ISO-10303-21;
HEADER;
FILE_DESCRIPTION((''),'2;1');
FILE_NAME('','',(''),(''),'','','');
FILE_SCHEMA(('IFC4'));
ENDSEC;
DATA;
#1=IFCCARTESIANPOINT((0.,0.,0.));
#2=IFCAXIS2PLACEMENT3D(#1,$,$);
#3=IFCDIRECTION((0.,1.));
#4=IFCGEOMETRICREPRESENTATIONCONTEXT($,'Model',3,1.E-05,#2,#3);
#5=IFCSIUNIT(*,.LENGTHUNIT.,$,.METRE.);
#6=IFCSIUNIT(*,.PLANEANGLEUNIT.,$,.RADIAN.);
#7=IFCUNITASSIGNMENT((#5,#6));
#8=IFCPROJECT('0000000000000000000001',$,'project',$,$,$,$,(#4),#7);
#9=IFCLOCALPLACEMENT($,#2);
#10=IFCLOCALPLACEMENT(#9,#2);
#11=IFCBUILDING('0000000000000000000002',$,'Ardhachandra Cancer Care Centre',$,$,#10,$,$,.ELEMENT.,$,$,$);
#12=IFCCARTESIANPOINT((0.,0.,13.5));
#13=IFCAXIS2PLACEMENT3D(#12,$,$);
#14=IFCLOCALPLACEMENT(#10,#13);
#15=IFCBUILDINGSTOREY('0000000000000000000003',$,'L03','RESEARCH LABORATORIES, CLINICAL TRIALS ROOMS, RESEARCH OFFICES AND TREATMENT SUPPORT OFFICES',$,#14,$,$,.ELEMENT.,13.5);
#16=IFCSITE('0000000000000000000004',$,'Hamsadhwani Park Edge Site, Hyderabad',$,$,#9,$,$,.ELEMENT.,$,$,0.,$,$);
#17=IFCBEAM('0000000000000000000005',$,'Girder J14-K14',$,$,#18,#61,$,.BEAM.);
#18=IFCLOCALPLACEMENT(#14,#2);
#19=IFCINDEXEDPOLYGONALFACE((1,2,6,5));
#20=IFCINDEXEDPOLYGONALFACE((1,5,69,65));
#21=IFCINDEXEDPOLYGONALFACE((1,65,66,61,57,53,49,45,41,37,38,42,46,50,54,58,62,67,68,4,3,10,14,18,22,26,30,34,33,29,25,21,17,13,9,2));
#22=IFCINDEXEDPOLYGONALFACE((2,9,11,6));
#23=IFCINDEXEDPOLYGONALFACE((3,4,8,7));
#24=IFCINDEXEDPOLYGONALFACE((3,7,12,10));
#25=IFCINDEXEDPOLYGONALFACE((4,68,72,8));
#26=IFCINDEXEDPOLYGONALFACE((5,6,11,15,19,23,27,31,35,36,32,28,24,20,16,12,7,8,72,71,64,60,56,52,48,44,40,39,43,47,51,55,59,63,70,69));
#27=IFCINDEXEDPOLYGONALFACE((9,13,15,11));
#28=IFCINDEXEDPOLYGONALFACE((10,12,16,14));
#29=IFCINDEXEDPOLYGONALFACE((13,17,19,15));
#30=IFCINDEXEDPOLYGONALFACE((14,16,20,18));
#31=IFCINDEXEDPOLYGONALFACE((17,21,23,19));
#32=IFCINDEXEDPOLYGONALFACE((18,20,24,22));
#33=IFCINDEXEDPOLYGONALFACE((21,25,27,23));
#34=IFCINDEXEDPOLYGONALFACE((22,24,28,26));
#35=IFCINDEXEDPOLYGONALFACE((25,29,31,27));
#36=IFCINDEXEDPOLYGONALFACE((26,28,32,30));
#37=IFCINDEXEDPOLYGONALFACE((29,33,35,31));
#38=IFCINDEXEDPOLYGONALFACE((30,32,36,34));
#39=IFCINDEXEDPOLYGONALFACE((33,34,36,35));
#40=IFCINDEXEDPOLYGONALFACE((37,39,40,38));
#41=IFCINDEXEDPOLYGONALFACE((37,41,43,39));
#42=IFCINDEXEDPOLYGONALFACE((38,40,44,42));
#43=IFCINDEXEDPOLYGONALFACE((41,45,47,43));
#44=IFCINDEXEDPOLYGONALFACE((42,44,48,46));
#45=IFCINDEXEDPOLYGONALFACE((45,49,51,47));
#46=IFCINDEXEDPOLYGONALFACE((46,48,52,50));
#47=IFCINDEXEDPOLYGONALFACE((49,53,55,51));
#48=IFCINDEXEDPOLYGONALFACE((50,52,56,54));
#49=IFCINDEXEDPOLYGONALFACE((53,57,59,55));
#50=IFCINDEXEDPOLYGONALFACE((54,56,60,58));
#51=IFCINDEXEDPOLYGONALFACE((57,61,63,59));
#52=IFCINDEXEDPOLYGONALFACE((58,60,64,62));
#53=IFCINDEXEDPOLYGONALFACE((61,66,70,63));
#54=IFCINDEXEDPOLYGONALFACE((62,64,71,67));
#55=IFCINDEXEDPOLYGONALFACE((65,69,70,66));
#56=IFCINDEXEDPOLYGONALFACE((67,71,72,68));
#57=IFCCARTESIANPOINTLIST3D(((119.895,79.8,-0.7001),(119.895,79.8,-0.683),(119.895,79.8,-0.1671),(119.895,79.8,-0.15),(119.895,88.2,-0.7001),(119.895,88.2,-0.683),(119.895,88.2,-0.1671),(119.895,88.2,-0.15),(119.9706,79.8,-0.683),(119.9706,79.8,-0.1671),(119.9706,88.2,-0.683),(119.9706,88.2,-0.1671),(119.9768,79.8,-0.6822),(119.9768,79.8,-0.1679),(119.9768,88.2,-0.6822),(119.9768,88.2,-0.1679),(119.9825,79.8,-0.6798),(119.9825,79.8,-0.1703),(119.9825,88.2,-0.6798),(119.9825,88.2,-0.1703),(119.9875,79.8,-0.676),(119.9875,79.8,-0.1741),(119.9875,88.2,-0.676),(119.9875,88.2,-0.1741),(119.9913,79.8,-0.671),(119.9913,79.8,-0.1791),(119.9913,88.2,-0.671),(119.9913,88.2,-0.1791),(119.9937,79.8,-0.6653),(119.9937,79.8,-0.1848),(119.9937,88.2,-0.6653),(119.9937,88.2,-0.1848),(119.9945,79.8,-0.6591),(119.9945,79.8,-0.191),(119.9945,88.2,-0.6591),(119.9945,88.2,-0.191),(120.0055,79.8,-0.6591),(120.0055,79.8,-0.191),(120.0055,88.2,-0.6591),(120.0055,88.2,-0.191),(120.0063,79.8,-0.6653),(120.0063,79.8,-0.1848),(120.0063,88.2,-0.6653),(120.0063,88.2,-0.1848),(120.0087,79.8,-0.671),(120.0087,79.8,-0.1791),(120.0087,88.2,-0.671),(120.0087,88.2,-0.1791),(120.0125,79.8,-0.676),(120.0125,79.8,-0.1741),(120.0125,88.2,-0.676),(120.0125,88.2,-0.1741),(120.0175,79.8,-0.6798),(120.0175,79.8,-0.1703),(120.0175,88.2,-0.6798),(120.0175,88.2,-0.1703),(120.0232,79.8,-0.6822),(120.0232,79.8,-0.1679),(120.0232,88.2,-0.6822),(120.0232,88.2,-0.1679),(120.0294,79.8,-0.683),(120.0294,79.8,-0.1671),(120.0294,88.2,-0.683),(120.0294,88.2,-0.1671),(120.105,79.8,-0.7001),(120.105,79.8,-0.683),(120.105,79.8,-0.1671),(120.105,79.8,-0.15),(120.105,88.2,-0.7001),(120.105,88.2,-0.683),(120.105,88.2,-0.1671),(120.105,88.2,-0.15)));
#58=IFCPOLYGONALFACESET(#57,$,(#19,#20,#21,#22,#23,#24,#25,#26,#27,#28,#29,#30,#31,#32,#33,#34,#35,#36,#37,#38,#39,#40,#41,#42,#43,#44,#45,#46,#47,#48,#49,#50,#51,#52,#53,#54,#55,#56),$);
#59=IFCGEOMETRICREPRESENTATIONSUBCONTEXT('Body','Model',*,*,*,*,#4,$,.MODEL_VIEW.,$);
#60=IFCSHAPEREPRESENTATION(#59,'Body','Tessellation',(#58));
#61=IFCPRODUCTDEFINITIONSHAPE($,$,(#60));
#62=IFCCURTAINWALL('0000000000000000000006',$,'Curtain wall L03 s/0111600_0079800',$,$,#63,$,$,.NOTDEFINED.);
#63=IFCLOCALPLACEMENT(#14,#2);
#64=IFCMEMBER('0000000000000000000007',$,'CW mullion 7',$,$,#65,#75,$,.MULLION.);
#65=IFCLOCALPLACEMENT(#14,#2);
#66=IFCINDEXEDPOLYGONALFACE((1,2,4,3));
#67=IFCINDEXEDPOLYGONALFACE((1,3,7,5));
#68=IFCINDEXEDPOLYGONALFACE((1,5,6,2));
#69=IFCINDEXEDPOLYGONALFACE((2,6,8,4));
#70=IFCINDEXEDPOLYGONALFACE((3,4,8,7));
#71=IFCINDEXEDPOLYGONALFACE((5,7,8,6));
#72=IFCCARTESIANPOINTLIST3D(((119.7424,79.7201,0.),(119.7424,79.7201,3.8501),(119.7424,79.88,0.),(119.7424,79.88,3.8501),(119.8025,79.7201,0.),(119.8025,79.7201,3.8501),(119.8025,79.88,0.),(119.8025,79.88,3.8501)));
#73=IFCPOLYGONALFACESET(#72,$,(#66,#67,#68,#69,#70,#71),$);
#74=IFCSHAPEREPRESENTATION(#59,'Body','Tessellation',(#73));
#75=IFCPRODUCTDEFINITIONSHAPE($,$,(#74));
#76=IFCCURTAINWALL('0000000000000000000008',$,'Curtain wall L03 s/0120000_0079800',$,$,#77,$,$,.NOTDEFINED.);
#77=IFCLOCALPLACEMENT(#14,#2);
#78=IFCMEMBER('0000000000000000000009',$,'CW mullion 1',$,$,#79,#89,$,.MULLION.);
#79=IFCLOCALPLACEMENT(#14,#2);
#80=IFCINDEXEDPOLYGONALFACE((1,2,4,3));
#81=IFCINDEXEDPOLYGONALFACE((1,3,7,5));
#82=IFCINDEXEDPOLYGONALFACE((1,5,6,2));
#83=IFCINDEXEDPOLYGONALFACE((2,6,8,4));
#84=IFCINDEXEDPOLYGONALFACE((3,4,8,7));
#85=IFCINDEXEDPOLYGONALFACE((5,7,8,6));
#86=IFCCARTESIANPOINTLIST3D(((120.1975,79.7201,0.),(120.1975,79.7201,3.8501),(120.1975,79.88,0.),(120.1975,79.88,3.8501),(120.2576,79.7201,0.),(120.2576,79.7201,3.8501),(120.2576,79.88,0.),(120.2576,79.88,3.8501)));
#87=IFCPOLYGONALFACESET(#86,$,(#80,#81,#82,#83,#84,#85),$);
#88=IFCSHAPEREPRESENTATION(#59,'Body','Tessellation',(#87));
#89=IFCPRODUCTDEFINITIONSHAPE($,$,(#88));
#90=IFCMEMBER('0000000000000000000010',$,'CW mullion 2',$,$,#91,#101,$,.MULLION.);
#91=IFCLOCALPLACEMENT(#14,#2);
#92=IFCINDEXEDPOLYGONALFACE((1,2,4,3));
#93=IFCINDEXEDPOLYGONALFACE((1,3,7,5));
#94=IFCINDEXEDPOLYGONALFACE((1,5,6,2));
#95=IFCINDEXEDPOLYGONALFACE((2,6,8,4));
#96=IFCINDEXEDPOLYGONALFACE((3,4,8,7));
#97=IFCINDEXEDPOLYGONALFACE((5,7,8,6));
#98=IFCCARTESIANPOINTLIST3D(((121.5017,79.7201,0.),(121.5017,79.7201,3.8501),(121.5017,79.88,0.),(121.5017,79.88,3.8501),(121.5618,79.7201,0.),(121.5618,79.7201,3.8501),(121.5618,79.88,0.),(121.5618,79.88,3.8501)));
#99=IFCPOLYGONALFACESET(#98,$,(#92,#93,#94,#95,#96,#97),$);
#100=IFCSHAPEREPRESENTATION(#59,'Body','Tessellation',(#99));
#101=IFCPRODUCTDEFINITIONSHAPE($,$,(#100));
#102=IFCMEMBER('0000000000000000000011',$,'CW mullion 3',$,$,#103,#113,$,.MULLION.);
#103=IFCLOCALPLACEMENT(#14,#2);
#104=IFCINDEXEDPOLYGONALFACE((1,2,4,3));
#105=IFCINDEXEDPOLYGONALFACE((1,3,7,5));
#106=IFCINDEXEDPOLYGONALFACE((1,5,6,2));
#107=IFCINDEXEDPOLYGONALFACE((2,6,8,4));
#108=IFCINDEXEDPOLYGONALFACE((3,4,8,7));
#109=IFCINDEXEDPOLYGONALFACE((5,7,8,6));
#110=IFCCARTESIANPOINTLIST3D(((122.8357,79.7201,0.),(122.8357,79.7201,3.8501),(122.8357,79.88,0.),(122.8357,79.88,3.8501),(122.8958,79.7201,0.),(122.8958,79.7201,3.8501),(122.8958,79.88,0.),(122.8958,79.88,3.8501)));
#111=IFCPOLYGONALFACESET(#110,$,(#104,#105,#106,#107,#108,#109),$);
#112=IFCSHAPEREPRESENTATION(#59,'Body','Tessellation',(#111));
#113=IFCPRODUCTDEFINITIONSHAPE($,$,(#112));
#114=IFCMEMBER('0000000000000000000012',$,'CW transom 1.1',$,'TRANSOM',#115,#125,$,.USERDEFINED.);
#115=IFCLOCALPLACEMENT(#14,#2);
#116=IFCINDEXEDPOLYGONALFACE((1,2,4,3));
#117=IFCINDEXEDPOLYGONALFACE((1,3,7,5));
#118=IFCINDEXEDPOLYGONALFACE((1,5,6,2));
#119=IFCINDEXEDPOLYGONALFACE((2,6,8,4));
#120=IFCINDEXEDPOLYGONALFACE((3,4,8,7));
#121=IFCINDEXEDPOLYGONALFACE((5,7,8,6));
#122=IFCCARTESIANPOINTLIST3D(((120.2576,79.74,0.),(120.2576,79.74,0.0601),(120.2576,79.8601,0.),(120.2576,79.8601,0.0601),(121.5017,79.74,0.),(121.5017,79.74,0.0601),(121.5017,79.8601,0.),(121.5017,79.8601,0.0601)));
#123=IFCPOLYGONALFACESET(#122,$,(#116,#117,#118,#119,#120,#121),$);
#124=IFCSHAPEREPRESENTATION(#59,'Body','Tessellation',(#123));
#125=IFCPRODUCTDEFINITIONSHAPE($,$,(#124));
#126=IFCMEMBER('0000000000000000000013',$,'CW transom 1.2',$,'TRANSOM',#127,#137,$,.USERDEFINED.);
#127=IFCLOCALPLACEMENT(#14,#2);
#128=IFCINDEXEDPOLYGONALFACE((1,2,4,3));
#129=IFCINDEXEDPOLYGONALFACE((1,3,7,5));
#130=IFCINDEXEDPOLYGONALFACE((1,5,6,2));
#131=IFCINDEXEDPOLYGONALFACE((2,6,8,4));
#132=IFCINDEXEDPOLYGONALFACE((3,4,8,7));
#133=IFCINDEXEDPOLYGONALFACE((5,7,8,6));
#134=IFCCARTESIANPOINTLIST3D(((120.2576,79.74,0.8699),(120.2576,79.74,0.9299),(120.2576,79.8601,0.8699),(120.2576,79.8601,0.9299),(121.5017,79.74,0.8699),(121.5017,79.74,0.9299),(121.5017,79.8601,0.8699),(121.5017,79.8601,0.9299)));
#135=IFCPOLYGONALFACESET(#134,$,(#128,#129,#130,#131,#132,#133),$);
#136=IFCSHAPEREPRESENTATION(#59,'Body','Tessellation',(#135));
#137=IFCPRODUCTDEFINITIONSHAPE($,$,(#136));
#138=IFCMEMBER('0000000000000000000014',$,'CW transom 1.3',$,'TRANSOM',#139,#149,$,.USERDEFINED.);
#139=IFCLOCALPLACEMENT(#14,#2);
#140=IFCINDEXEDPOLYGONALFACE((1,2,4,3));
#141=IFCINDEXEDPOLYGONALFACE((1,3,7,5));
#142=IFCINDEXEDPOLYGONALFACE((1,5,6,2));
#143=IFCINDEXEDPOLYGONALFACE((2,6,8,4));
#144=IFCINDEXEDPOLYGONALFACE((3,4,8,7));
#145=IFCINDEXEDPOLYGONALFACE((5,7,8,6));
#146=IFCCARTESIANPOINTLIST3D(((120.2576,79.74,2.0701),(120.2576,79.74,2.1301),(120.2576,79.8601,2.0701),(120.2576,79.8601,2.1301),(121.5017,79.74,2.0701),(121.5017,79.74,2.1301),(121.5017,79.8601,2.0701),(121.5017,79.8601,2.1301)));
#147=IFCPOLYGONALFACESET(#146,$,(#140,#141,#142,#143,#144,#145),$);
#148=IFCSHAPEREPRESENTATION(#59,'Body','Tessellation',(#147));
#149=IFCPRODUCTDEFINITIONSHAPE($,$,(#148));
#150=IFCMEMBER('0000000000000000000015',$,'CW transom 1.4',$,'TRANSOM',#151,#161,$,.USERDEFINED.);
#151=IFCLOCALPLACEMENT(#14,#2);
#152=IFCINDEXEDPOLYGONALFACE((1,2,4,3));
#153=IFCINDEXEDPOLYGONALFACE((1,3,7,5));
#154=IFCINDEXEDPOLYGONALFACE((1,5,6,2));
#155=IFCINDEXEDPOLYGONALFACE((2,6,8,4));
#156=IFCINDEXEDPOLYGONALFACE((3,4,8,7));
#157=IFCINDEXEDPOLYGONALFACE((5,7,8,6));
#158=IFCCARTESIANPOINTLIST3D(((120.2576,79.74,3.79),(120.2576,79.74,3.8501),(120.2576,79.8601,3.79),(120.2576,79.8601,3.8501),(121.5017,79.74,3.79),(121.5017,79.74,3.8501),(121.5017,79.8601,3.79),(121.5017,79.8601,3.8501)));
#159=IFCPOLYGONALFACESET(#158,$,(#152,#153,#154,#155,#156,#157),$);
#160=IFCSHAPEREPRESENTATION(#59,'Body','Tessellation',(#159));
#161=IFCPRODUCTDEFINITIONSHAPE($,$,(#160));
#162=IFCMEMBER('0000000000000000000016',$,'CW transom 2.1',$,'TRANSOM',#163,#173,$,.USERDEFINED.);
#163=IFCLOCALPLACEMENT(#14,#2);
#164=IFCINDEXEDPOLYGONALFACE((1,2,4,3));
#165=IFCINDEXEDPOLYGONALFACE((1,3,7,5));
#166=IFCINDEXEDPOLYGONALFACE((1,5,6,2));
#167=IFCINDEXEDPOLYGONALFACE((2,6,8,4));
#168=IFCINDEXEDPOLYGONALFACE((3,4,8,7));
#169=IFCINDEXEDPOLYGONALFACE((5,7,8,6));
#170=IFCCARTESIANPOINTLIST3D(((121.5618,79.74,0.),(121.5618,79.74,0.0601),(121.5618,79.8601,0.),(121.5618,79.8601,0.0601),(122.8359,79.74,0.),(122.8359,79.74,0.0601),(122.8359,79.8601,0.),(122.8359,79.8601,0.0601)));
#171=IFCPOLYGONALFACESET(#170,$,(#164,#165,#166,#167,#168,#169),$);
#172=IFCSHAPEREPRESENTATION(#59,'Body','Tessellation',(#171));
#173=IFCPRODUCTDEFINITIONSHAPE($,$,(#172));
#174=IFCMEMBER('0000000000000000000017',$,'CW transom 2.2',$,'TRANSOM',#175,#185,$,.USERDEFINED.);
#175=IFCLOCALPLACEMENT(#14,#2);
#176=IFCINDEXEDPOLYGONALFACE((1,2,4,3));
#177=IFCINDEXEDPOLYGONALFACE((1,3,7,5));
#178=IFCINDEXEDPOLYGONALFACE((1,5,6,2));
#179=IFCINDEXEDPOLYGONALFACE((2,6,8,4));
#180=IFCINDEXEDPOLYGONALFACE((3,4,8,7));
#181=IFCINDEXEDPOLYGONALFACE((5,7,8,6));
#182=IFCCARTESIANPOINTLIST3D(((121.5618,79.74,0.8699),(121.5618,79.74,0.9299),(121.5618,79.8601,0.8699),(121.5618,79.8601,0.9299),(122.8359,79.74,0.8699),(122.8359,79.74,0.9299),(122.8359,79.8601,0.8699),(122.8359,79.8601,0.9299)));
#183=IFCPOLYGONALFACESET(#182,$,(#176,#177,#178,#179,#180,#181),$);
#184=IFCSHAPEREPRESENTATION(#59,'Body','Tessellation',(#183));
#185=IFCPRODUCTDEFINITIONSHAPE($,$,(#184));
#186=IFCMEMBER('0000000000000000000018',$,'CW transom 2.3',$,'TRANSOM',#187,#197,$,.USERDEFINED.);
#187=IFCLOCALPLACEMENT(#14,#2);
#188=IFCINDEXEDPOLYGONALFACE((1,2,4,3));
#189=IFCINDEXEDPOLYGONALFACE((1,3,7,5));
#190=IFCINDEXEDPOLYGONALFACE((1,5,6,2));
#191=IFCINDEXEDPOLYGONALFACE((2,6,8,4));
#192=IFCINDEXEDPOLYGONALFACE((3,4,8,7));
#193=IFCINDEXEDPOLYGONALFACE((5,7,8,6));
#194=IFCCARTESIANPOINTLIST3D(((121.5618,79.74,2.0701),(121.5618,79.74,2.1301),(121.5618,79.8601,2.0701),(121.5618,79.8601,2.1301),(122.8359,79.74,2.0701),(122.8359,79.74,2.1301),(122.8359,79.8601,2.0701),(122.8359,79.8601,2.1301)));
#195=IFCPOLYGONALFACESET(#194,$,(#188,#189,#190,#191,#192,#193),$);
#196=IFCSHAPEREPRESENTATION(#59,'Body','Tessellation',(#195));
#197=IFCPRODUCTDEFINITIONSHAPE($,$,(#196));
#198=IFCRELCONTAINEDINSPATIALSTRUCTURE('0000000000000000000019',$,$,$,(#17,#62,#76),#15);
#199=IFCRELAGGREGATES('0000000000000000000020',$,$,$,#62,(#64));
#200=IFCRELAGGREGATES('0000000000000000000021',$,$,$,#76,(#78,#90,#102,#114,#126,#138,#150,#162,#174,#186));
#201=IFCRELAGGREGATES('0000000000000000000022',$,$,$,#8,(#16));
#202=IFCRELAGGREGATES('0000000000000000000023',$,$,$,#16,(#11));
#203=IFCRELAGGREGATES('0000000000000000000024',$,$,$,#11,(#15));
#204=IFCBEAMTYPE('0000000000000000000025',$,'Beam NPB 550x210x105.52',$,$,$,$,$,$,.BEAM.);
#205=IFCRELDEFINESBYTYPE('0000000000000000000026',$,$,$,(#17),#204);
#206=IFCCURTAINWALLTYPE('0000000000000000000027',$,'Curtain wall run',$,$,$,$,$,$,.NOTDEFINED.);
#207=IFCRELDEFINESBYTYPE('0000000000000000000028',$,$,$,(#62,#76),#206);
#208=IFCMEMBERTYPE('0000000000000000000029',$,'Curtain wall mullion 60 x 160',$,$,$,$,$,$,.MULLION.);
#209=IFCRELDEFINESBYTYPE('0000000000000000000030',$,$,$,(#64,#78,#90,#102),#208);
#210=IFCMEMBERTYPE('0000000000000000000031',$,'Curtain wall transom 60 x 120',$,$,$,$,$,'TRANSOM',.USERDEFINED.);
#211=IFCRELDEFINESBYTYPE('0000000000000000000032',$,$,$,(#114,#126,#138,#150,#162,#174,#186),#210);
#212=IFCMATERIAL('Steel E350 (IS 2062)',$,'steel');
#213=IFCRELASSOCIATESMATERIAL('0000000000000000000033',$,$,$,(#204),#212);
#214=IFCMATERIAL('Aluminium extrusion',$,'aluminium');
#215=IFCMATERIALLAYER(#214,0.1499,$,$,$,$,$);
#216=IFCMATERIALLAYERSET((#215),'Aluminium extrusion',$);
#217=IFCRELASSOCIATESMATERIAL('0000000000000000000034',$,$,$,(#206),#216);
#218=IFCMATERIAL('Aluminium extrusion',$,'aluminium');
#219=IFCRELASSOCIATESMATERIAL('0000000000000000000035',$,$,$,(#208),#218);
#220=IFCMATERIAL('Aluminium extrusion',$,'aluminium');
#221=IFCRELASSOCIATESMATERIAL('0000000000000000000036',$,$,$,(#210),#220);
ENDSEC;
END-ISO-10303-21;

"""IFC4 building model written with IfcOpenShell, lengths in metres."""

from ifc_helpers import new_model, si_unit, direction, frame, origin, origin_2d, place, context, subcontext, project, spatial, rectangle, i_section, extrude, material, layer, layer_set, material_profile, profile_set, type_object, element, aggregate, save


model = new_model("IFC4")

# Units and contexts
model_context = context("Model", 3, precision=1e-05, world=origin(), true_north=direction((0.0, 1.0)))
body_context = subcontext(model_context, "Body", "Model", "MODEL_VIEW")
ifc_project = project(units=[si_unit("LENGTHUNIT", "METRE"), si_unit("PLANEANGLEUNIT", "RADIAN")], contexts=[model_context])

# Site, building, storey
site_placement = place(None, origin())
site = spatial("IfcSite", under=ifc_project, at=site_placement, Name="Hamsadhwani Park Edge Site, Hyderabad", CompositionType="ELEMENT", RefElevation=0.0)
building_placement = place(site_placement, origin())
building = spatial("IfcBuilding", under=site, at=building_placement, Name="Ardhachandra Cancer Care Centre", CompositionType="ELEMENT")
storey_placement = place(building_placement, frame((0.0, 0.0, 13.5)))
storey = spatial("IfcBuildingStorey", under=building, at=storey_placement, Name="L03", Description="RESEARCH LABORATORIES, CLINICAL TRIALS ROOMS, RESEARCH OFFICES AND TREATMENT SUPPORT OFFICES", CompositionType="ELEMENT", Elevation=13.5)

# Beam
ifc_material_1 = material(Name="Steel E350 (IS 2062)", Category="steel")
ifc_material_profile_1 = material_profile(ifc_material_1, i_section(OverallWidth=0.21, OverallDepth=0.55, WebThickness=0.011, FlangeThickness=0.0171, FilletRadius=0.0239, at=origin_2d()), Name="NPB 550x210x105.52")
ifc_profile_set_1 = profile_set([ifc_material_profile_1], Name="Steel E350 (IS 2062)")
beam_type_1 = type_object("IfcBeamType", Name="Beam NPB 550x210x105.52", PredefinedType="BEAM", material=ifc_profile_set_1)
beam_1_placement = place(storey_placement, frame((120.0, 79.8, -0.425), z_axis=(0.0, 1.0, 0.0), x_axis=(-1.0, 0.0, 0.0)))
element("IfcBeam", 1, at=beam_1_placement, inside=storey, type_object=beam_type_1, Name="Girder J14-K14", PredefinedType="BEAM", context=body_context, shape_type="SweptSolid", body=[
    extrude(i_section(OverallWidth=0.21, OverallDepth=0.55, WebThickness=0.011, FlangeThickness=0.0171, FilletRadius=0.0239, at=origin_2d()), origin(), (0.0, 0.0, 1.0), 8.3999),
])

# Curtain wall, member
ifc_material_2 = material(Name="Aluminium extrusion", Category="aluminium")
ifc_layer_1 = layer(ifc_material_2, 0.1499)
ifc_layer_set_1 = layer_set([ifc_layer_1], Name="Aluminium extrusion")
curtain_wall_type = type_object("IfcCurtainWallType", Name="Curtain wall run", PredefinedType="NOTDEFINED", material=ifc_layer_set_1)
curtain_wall_1_placement = place(storey_placement, origin())
curtain_wall_1 = element("IfcCurtainWall", 2, at=curtain_wall_1_placement, inside=storey, type_object=curtain_wall_type, Name="Curtain wall L03 s/0111600_0079800", PredefinedType="NOTDEFINED")
ifc_material_3 = material(Name="Aluminium extrusion", Category="aluminium")
ifc_material_profile_2 = material_profile(ifc_material_3, rectangle(XDim=0.1599, YDim=0.0601, at=origin_2d()), Name="Curtain wall mullion 60 x 160")
ifc_profile_set_2 = profile_set([ifc_material_profile_2], Name="Aluminium extrusion")
member_type_1 = type_object("IfcMemberType", Name="Curtain wall mullion 60 x 160", PredefinedType="MULLION", material=ifc_profile_set_2)
member_1_placement = place(storey_placement, frame((119.7725, 79.8, 0.0), z_axis=(0.0, 0.0, 1.0), x_axis=(0.0, 1.0, 0.0)))
member_1 = element("IfcMember", 3, at=member_1_placement, type_object=member_type_1, Name="CW mullion 7", PredefinedType="MULLION", context=body_context, shape_type="SweptSolid", body=[
    extrude(rectangle(XDim=0.1599, YDim=0.0601, at=origin_2d()), origin(), (0.0, 0.0, 1.0), 3.8501),
])

# Curtain wall, members
curtain_wall_2_placement = place(storey_placement, origin())
curtain_wall_2 = element("IfcCurtainWall", 4, at=curtain_wall_2_placement, inside=storey, type_object=curtain_wall_type, Name="Curtain wall L03 s/0120000_0079800", PredefinedType="NOTDEFINED")
member_2_placement = place(storey_placement, frame((120.2275, 79.8, 0.0), z_axis=(0.0, 0.0, 1.0), x_axis=(0.0, 1.0, 0.0)))
member_2 = element("IfcMember", 5, at=member_2_placement, type_object=member_type_1, Name="CW mullion 1", PredefinedType="MULLION", context=body_context, shape_type="SweptSolid", body=[
    extrude(rectangle(XDim=0.1599, YDim=0.0601, at=origin_2d()), origin(), (0.0, 0.0, 1.0), 3.8501),
])
member_3_placement = place(storey_placement, frame((121.5317, 79.8, 0.0), z_axis=(0.0, 0.0, 1.0), x_axis=(0.0, 1.0, 0.0)))
member_3 = element("IfcMember", 6, at=member_3_placement, type_object=member_type_1, Name="CW mullion 2", PredefinedType="MULLION", context=body_context, shape_type="SweptSolid", body=[
    extrude(rectangle(XDim=0.1599, YDim=0.0601, at=origin_2d()), origin(), (0.0, 0.0, 1.0), 3.8501),
])
member_4_placement = place(storey_placement, frame((122.8657, 79.8, 0.0), z_axis=(0.0, 0.0, 1.0), x_axis=(0.0, 1.0, 0.0)))
member_4 = element("IfcMember", 7, at=member_4_placement, type_object=member_type_1, Name="CW mullion 3", PredefinedType="MULLION", context=body_context, shape_type="SweptSolid", body=[
    extrude(rectangle(XDim=0.1599, YDim=0.0601, at=origin_2d()), origin(), (0.0, 0.0, 1.0), 3.8501),
])
ifc_material_4 = material(Name="Aluminium extrusion", Category="aluminium")
ifc_material_profile_3 = material_profile(ifc_material_4, rectangle(XDim=0.1201, YDim=0.0601, at=origin_2d()), Name="Curtain wall transom 60 x 120")
ifc_profile_set_3 = profile_set([ifc_material_profile_3], Name="Aluminium extrusion")
member_type_2 = type_object("IfcMemberType", Name="Curtain wall transom 60 x 120", ElementType="TRANSOM", PredefinedType="USERDEFINED", material=ifc_profile_set_3)
member_5_placement = place(storey_placement, frame((120.2576, 79.8, 0.03), z_axis=(1.0, 0.0, 0.0), x_axis=(0.0, 1.0, 0.0)))
member_5 = element("IfcMember", 8, at=member_5_placement, type_object=member_type_2, Name="CW transom 1.1", ObjectType="TRANSOM", PredefinedType="USERDEFINED", context=body_context, shape_type="SweptSolid", body=[
    extrude(rectangle(XDim=0.1201, YDim=0.0601, at=origin_2d()), origin(), (0.0, 0.0, 1.0), 1.2441),
])
member_6_placement = place(storey_placement, frame((120.2576, 79.8, 0.8999), z_axis=(1.0, 0.0, 0.0), x_axis=(0.0, 1.0, 0.0)))
member_6 = element("IfcMember", 9, at=member_6_placement, type_object=member_type_2, Name="CW transom 1.2", ObjectType="TRANSOM", PredefinedType="USERDEFINED", context=body_context, shape_type="SweptSolid", body=[
    extrude(rectangle(XDim=0.1201, YDim=0.0601, at=origin_2d()), origin(), (0.0, 0.0, 1.0), 1.2441),
])
member_7_placement = place(storey_placement, frame((120.2576, 79.8, 2.1001), z_axis=(1.0, 0.0, 0.0), x_axis=(0.0, 1.0, 0.0)))
member_7 = element("IfcMember", 10, at=member_7_placement, type_object=member_type_2, Name="CW transom 1.3", ObjectType="TRANSOM", PredefinedType="USERDEFINED", context=body_context, shape_type="SweptSolid", body=[
    extrude(rectangle(XDim=0.1201, YDim=0.0601, at=origin_2d()), origin(), (0.0, 0.0, 1.0), 1.2441),
])
member_8_placement = place(storey_placement, frame((120.2576, 79.8, 3.8201), z_axis=(1.0, 0.0, 0.0), x_axis=(0.0, 1.0, 0.0)))
member_8 = element("IfcMember", 11, at=member_8_placement, type_object=member_type_2, Name="CW transom 1.4", ObjectType="TRANSOM", PredefinedType="USERDEFINED", context=body_context, shape_type="SweptSolid", body=[
    extrude(rectangle(XDim=0.1201, YDim=0.0601, at=origin_2d()), origin(), (0.0, 0.0, 1.0), 1.2441),
])
member_9_placement = place(storey_placement, frame((121.5618, 79.8, 0.03), z_axis=(1.0, 0.0, 0.0), x_axis=(0.0, 1.0, 0.0)))
member_9 = element("IfcMember", 12, at=member_9_placement, type_object=member_type_2, Name="CW transom 2.1", ObjectType="TRANSOM", PredefinedType="USERDEFINED", context=body_context, shape_type="SweptSolid", body=[
    extrude(rectangle(XDim=0.1201, YDim=0.0601, at=origin_2d()), origin(), (0.0, 0.0, 1.0), 1.2742),
])
member_10_placement = place(storey_placement, frame((121.5618, 79.8, 0.8999), z_axis=(1.0, 0.0, 0.0), x_axis=(0.0, 1.0, 0.0)))
member_10 = element("IfcMember", 13, at=member_10_placement, type_object=member_type_2, Name="CW transom 2.2", ObjectType="TRANSOM", PredefinedType="USERDEFINED", context=body_context, shape_type="SweptSolid", body=[
    extrude(rectangle(XDim=0.1201, YDim=0.0601, at=origin_2d()), origin(), (0.0, 0.0, 1.0), 1.2742),
])
member_11_placement = place(storey_placement, frame((121.5618, 79.8, 2.1001), z_axis=(1.0, 0.0, 0.0), x_axis=(0.0, 1.0, 0.0)))
member_11 = element("IfcMember", 14, at=member_11_placement, type_object=member_type_2, Name="CW transom 2.3", ObjectType="TRANSOM", PredefinedType="USERDEFINED", context=body_context, shape_type="SweptSolid", body=[
    extrude(rectangle(XDim=0.1201, YDim=0.0601, at=origin_2d()), origin(), (0.0, 0.0, 1.0), 1.2742),
])

aggregate(curtain_wall_1, [member_1])
aggregate(curtain_wall_2, [member_2, member_3, member_4, member_5, member_6, member_7, member_8, member_9, member_10, member_11])

save(model, "model.ifc")
